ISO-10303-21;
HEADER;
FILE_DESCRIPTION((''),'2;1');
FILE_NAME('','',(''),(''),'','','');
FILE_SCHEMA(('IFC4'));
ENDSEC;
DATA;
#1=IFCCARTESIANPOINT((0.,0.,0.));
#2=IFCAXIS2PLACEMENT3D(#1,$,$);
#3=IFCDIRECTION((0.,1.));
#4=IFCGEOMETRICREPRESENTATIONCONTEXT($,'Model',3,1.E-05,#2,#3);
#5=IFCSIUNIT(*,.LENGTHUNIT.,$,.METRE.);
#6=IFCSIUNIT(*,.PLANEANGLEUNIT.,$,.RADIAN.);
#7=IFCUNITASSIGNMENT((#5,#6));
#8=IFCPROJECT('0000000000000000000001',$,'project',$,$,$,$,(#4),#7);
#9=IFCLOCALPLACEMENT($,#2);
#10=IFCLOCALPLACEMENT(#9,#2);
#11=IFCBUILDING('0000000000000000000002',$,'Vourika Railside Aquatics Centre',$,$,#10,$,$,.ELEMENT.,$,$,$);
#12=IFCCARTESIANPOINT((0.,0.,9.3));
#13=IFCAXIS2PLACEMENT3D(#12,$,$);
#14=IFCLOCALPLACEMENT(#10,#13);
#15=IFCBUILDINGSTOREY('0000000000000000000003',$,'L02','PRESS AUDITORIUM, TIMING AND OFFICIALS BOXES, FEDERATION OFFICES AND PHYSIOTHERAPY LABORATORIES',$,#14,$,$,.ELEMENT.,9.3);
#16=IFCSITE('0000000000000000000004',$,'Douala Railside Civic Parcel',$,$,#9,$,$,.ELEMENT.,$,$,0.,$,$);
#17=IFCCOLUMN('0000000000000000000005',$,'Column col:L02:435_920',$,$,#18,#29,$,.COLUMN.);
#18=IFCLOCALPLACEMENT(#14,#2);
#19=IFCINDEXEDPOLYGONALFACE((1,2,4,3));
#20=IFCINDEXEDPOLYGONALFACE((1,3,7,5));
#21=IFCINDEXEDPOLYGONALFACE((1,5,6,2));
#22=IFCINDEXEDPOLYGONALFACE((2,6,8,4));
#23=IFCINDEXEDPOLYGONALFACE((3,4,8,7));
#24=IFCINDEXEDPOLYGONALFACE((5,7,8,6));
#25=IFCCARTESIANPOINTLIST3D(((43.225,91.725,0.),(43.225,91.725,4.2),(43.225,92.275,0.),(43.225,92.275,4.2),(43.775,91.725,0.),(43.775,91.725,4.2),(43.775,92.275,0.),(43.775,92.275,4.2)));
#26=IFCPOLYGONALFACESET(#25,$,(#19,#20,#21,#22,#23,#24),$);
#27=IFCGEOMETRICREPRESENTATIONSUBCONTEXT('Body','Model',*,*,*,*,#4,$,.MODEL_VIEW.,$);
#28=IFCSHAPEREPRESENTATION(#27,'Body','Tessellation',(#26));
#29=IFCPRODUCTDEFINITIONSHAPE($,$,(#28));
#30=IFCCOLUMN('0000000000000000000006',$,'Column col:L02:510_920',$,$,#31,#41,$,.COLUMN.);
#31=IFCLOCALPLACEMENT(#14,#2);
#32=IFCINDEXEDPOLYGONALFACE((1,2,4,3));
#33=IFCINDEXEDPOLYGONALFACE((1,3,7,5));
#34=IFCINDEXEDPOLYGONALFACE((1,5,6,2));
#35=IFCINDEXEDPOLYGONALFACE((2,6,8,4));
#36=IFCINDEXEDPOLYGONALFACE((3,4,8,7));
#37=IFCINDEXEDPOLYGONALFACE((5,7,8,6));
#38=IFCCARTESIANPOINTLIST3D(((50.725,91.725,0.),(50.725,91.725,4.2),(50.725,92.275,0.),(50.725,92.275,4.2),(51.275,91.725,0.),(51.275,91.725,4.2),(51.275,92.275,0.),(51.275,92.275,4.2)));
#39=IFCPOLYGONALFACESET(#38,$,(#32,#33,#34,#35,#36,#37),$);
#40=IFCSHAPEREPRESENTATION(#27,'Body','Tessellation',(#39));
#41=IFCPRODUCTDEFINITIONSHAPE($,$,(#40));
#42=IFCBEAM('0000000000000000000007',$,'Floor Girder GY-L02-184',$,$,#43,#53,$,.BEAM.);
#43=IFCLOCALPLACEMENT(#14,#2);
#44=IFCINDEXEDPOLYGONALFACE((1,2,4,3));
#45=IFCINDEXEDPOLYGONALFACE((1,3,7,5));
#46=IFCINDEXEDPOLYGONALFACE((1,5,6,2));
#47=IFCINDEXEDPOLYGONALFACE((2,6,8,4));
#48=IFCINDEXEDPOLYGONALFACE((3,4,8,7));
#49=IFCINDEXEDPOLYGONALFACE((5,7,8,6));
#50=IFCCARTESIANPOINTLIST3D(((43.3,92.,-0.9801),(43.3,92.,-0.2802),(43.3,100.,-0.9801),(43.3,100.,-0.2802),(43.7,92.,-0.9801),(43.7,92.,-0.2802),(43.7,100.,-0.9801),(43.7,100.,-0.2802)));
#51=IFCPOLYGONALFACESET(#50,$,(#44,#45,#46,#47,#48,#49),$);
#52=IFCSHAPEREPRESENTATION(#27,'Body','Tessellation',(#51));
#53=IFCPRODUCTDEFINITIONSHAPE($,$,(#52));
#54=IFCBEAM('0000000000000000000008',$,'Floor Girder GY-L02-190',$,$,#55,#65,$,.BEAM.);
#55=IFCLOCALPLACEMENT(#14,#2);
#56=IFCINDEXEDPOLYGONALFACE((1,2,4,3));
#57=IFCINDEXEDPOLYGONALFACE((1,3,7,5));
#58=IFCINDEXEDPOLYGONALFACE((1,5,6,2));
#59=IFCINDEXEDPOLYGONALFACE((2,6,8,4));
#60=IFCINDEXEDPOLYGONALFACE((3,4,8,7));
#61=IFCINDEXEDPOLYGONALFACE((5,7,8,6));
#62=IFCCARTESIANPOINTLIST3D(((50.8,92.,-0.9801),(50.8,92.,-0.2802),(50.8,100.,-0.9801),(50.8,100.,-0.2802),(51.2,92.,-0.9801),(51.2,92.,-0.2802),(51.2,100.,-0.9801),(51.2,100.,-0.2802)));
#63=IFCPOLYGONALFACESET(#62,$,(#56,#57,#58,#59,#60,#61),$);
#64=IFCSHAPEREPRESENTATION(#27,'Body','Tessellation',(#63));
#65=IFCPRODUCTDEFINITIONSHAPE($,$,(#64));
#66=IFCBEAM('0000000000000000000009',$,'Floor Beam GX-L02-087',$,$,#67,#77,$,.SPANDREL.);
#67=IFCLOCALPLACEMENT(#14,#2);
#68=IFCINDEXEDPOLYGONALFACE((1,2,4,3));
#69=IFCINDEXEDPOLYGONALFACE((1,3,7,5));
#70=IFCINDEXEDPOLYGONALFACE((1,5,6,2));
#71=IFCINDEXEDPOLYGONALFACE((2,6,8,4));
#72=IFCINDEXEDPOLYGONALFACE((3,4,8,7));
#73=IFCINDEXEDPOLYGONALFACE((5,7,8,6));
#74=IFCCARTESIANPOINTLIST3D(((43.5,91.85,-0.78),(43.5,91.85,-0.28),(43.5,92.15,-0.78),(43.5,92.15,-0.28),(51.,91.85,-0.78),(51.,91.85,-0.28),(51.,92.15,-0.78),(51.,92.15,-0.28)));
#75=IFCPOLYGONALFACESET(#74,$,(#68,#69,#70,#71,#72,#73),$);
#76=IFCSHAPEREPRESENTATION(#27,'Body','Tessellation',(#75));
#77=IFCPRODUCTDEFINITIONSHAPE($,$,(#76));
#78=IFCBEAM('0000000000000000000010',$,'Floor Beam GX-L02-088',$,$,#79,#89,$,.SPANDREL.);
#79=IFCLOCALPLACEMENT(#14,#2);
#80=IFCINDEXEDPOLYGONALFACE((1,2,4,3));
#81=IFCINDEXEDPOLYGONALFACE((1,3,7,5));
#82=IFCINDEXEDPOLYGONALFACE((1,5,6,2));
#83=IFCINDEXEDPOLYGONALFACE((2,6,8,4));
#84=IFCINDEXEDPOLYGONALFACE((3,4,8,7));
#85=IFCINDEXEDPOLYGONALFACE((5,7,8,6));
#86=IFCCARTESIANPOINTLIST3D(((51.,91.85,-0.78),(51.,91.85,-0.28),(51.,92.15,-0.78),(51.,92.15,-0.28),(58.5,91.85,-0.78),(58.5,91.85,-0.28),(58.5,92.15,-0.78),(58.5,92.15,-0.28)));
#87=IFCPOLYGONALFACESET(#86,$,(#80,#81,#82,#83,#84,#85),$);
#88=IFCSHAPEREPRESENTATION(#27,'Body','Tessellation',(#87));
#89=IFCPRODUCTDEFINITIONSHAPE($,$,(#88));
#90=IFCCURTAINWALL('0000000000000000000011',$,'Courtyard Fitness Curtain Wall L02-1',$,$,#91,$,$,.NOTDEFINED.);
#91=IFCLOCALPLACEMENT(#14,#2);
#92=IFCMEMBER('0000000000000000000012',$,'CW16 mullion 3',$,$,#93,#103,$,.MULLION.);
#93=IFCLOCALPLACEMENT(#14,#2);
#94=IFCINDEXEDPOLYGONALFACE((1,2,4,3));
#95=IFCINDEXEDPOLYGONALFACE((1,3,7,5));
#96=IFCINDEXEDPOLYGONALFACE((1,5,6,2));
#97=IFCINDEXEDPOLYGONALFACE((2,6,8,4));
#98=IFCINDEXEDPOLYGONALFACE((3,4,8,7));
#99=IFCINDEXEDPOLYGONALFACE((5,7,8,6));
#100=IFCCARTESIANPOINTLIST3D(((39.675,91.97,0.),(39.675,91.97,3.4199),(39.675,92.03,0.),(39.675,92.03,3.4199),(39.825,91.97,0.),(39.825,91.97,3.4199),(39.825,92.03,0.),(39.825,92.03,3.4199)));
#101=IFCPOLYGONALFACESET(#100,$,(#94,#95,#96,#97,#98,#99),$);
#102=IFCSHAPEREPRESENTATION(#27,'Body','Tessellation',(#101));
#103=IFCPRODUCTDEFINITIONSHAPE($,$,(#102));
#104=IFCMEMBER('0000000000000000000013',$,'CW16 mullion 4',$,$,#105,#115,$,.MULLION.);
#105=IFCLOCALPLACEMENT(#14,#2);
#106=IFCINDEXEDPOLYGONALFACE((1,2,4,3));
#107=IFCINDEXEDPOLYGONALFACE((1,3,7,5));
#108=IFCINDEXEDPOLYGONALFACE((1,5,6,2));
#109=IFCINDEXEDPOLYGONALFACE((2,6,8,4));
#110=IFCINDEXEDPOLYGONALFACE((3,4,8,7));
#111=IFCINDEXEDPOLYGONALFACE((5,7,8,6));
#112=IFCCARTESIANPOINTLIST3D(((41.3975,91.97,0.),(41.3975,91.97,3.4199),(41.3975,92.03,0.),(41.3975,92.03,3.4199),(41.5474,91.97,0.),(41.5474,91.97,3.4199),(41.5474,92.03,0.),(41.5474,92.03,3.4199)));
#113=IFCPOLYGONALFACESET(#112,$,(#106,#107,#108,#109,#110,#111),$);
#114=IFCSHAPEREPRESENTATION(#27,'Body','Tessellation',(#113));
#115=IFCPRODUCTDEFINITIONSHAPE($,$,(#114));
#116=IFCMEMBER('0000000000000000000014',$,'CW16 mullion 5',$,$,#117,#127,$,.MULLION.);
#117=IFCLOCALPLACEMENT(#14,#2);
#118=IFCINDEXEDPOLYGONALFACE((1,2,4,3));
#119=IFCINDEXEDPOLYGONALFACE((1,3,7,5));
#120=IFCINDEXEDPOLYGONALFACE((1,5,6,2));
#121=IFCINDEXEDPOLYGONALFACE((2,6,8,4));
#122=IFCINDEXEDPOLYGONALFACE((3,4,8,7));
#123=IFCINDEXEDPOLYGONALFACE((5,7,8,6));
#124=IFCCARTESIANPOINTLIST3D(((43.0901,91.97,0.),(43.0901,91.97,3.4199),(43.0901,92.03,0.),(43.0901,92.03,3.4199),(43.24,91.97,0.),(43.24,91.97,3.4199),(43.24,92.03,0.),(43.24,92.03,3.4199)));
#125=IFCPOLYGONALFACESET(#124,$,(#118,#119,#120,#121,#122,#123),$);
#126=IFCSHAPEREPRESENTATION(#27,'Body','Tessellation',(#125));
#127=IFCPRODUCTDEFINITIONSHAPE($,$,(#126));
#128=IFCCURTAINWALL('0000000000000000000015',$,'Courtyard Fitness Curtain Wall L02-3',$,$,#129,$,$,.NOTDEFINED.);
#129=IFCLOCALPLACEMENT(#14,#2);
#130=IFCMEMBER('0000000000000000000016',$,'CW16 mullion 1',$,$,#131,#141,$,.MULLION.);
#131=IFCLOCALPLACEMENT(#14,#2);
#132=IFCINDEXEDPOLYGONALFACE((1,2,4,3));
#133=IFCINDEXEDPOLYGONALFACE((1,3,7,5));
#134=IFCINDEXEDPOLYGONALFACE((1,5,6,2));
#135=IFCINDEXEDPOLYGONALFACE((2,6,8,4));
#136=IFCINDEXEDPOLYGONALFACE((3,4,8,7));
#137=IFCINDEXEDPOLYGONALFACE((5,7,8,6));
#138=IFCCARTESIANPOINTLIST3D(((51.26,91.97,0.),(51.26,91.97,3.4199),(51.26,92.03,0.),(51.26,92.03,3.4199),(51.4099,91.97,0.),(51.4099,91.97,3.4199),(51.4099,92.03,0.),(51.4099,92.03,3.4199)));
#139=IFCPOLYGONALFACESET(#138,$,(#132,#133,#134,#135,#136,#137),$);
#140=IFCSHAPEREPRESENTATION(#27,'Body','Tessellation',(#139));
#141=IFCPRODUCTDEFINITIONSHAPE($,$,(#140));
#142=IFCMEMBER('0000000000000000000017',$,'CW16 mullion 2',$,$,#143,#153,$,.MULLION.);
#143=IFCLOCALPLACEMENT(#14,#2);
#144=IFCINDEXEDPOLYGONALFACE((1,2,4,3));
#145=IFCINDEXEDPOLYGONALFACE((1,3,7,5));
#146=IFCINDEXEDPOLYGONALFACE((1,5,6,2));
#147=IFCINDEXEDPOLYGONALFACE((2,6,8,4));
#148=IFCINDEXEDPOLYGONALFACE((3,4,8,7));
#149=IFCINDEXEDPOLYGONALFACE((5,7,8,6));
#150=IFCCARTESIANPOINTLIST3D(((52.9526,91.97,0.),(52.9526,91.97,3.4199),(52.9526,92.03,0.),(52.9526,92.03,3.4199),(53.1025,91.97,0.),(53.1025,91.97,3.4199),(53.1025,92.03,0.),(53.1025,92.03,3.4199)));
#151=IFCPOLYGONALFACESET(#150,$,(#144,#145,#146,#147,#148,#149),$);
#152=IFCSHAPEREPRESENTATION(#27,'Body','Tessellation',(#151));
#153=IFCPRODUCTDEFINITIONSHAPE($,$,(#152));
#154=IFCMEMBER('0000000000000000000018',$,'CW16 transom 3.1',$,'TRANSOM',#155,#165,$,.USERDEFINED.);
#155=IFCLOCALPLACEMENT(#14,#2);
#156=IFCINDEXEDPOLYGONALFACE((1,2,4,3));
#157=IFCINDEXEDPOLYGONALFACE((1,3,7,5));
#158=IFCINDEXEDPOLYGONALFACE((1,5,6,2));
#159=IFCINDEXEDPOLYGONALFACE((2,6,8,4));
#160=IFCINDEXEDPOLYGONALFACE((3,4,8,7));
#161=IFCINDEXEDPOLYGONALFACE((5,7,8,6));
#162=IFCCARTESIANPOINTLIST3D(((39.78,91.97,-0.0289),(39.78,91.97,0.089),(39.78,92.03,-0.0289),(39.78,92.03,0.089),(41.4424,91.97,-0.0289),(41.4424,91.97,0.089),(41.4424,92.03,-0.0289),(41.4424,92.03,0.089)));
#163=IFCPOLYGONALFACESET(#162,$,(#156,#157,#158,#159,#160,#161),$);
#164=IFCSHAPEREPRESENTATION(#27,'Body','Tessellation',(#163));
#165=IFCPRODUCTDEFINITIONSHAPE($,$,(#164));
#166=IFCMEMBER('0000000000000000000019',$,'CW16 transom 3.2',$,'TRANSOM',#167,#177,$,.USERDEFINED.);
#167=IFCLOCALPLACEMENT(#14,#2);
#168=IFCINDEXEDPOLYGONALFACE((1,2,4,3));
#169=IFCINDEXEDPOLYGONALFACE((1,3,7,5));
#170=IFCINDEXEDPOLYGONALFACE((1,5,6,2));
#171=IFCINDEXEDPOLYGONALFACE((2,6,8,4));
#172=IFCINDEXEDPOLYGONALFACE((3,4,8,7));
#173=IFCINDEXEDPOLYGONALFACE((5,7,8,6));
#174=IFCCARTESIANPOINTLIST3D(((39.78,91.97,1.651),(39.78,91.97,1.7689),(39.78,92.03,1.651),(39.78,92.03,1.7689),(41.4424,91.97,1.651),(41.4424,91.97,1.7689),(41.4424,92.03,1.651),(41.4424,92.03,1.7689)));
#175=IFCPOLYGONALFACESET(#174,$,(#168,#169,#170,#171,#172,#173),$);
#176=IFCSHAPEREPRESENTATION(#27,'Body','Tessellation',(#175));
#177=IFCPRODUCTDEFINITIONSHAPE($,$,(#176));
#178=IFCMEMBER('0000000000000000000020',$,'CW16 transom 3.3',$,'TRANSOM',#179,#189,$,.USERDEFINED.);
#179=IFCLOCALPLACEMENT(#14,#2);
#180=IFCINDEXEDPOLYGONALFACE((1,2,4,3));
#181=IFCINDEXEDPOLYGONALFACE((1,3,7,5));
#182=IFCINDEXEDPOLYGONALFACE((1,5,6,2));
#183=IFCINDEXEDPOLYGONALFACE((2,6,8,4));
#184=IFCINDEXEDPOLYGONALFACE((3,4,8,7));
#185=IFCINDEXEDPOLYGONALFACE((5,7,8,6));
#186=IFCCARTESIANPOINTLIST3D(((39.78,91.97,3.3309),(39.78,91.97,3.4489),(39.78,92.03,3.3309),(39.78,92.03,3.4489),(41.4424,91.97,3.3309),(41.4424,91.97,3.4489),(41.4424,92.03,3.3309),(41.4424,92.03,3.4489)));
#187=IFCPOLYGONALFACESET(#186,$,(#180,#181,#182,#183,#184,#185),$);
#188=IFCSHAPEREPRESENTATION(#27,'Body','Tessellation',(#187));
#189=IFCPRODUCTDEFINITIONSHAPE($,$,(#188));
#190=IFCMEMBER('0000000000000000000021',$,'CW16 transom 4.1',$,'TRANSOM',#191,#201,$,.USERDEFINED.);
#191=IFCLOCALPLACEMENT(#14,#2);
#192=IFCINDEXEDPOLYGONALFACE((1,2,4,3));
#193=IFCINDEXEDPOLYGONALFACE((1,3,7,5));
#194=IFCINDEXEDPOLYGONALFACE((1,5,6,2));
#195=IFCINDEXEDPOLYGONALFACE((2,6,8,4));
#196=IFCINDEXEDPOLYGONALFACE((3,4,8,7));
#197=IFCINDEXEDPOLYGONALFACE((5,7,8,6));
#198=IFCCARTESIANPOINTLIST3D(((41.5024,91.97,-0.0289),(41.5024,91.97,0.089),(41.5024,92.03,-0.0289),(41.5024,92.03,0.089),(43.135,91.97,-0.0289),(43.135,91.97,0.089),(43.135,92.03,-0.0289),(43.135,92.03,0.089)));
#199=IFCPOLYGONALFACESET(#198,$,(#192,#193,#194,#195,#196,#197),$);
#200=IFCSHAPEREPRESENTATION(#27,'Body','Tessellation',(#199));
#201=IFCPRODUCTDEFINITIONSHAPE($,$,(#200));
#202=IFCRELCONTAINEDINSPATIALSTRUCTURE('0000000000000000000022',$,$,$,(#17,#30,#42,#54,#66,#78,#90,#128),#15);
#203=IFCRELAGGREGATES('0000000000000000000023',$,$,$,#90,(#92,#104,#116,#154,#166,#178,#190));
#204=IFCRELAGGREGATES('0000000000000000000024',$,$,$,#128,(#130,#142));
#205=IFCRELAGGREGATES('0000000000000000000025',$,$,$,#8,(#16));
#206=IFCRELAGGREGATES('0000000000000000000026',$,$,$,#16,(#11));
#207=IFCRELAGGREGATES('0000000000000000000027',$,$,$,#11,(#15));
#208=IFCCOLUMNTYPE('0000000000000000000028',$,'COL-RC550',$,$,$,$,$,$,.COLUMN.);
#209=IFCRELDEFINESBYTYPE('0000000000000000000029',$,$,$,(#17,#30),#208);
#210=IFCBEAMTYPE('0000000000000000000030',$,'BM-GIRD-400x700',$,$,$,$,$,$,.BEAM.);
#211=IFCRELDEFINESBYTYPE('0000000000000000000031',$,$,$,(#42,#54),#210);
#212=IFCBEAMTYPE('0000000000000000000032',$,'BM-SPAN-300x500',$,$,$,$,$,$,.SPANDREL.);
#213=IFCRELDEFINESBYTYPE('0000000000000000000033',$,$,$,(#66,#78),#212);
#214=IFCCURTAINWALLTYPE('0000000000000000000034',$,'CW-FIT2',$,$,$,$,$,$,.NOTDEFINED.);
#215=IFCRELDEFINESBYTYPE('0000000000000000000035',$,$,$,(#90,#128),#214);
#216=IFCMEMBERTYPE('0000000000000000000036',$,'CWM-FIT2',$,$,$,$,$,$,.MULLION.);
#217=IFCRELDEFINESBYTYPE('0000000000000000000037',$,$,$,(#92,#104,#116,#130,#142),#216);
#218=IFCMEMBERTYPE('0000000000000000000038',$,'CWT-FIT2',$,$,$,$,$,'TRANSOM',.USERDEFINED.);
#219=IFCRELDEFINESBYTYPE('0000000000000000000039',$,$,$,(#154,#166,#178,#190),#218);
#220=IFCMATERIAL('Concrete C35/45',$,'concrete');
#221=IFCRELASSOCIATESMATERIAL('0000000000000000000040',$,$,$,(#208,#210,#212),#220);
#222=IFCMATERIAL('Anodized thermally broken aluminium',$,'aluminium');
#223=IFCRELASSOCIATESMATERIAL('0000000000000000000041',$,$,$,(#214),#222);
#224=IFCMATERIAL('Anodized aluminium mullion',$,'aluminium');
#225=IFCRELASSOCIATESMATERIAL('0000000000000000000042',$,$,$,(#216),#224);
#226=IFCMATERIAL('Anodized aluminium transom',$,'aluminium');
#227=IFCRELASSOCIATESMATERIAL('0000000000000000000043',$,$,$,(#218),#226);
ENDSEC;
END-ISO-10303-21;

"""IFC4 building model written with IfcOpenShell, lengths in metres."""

from ifc_helpers import new_model, si_unit, direction, frame, origin, origin_2d, place, context, subcontext, project, spatial, rectangle, extrude, material, material_profile, profile_set, type_object, element, aggregate, save


model = new_model("IFC4")

# Units and contexts
model_context = context("Model", 3, precision=1e-05, world=origin(), true_north=direction((0.0, 1.0)))
body_context = subcontext(model_context, "Body", "Model", "MODEL_VIEW")
ifc_project = project(units=[si_unit("LENGTHUNIT", "METRE"), si_unit("PLANEANGLEUNIT", "RADIAN")], contexts=[model_context])

# Site, building, storey
site_placement = place(None, origin())
site = spatial("IfcSite", under=ifc_project, at=site_placement, Name="Douala Railside Civic Parcel", CompositionType="ELEMENT", RefElevation=0.0)
building_placement = place(site_placement, origin())
building = spatial("IfcBuilding", under=site, at=building_placement, Name="Vourika Railside Aquatics Centre", CompositionType="ELEMENT")
storey_placement = place(building_placement, frame((0.0, 0.0, 9.3)))
storey = spatial("IfcBuildingStorey", under=building, at=storey_placement, Name="L02", Description="PRESS AUDITORIUM, TIMING AND OFFICIALS BOXES, FEDERATION OFFICES AND PHYSIOTHERAPY LABORATORIES", CompositionType="ELEMENT", Elevation=9.3)

# Columns
ifc_material_1 = material(Name="Concrete C35/45", Category="concrete")
ifc_material_profile_1 = material_profile(ifc_material_1, rectangle(XDim=0.55, YDim=0.55, at=origin_2d()), Name="RC 550x550")
ifc_profile_set_1 = profile_set([ifc_material_profile_1], Name="Concrete C35/45")
column_type = type_object("IfcColumnType", Name="COL-RC550", PredefinedType="COLUMN", material=ifc_profile_set_1)
for number, where, z_axis, x_axis, name in (
    (1, (43.5, 92.0, 0.0), (0.0, 0.0, 1.0), (1.0, 0.0, 0.0), "Column col:L02:435_920"),
    (2, (51.0, 92.0, 0.0), (0.0, 0.0, 1.0), (1.0, 0.0, 0.0), "Column col:L02:510_920"),
):
    element("IfcColumn", number, at=place(storey_placement, frame(where, z_axis=z_axis, x_axis=x_axis)), inside=storey, type_object=column_type, Name=name, PredefinedType="COLUMN", context=body_context, shape_type="SweptSolid", body=[
        extrude(rectangle(XDim=0.55, YDim=0.55, at=origin_2d()), origin(), (0.0, 0.0, 1.0), 4.2),
    ])

# Beams
ifc_material_profile_2 = material_profile(ifc_material_1, rectangle(XDim=0.3999, YDim=0.7, at=origin_2d()), Name="RC 400x700")
ifc_profile_set_2 = profile_set([ifc_material_profile_2], Name="Concrete C35/45")
beam_type_1 = type_object("IfcBeamType", Name="BM-GIRD-400x700", PredefinedType="BEAM", material=ifc_profile_set_2)
for number, where, z_axis, x_axis, name in (
    (3, (43.5, 92.0, -0.6301), (0.0, 1.0, 0.0), (-1.0, 0.0, 0.0), "Floor Girder GY-L02-184"),
    (4, (51.0, 92.0, -0.6301), (0.0, 1.0, 0.0), (-1.0, 0.0, 0.0), "Floor Girder GY-L02-190"),
):
    element("IfcBeam", number, at=place(storey_placement, frame(where, z_axis=z_axis, x_axis=x_axis)), inside=storey, type_object=beam_type_1, Name=name, PredefinedType="BEAM", context=body_context, shape_type="SweptSolid", body=[
        extrude(rectangle(XDim=0.3999, YDim=0.7, at=origin_2d()), origin(), (0.0, 0.0, 1.0), 8.0),
    ])
ifc_material_profile_3 = material_profile(ifc_material_1, rectangle(XDim=0.3, YDim=0.5, at=origin_2d()), Name="RC 300x500")
ifc_profile_set_3 = profile_set([ifc_material_profile_3], Name="Concrete C35/45")
beam_type_2 = type_object("IfcBeamType", Name="BM-SPAN-300x500", PredefinedType="SPANDREL", material=ifc_profile_set_3)
for number, where, z_axis, x_axis, name in (
    (5, (43.5, 92.0, -0.53), (1.0, 0.0, 0.0), (0.0, 1.0, 0.0), "Floor Beam GX-L02-087"),
    (6, (51.0, 92.0, -0.53), (1.0, 0.0, 0.0), (0.0, 1.0, 0.0), "Floor Beam GX-L02-088"),
):
    element("IfcBeam", number, at=place(storey_placement, frame(where, z_axis=z_axis, x_axis=x_axis)), inside=storey, type_object=beam_type_2, Name=name, PredefinedType="SPANDREL", context=body_context, shape_type="SweptSolid", body=[
        extrude(rectangle(XDim=0.3, YDim=0.5, at=origin_2d()), origin(), (0.0, 0.0, 1.0), 7.5),
    ])

# Curtain walls, members
ifc_material_2 = material(Name="Anodized thermally broken aluminium", Category="aluminium")
curtain_wall_type = type_object("IfcCurtainWallType", Name="CW-FIT2", PredefinedType="NOTDEFINED", material=ifc_material_2)
curtain_wall_1_placement = place(storey_placement, origin())
curtain_wall_1 = element("IfcCurtainWall", 7, at=curtain_wall_1_placement, inside=storey, type_object=curtain_wall_type, Name="Courtyard Fitness Curtain Wall L02-1", PredefinedType="NOTDEFINED")
ifc_material_3 = material(Name="Anodized aluminium mullion", Category="aluminium")
ifc_material_profile_4 = material_profile(ifc_material_3, rectangle(XDim=0.0601, YDim=0.1499, at=origin_2d()), Name="ALU-M 60x150")
ifc_profile_set_4 = profile_set([ifc_material_profile_4], Name="Anodized aluminium mullion")
member_type_1 = type_object("IfcMemberType", Name="CWM-FIT2", PredefinedType="MULLION", material=ifc_profile_set_4)
member_1_placement = place(storey_placement, frame((39.75, 92.0, 0.0), z_axis=(0.0, 0.0, 1.0), x_axis=(0.0, 1.0, 0.0)))
member_1 = element("IfcMember", 8, at=member_1_placement, type_object=member_type_1, Name="CW16 mullion 3", PredefinedType="MULLION", context=body_context, shape_type="SweptSolid", body=[
    extrude(rectangle(XDim=0.0601, YDim=0.1499, at=origin_2d()), origin(), (0.0, 0.0, 1.0), 3.4199),
])
member_2_placement = place(storey_placement, frame((41.4724, 92.0, 0.0), z_axis=(0.0, 0.0, 1.0), x_axis=(0.0, 1.0, 0.0)))
member_2 = element("IfcMember", 9, at=member_2_placement, type_object=member_type_1, Name="CW16 mullion 4", PredefinedType="MULLION", context=body_context, shape_type="SweptSolid", body=[
    extrude(rectangle(XDim=0.0601, YDim=0.1499, at=origin_2d()), origin(), (0.0, 0.0, 1.0), 3.4199),
])
member_3_placement = place(storey_placement, frame((43.165, 92.0, 0.0), z_axis=(0.0, 0.0, 1.0), x_axis=(0.0, 1.0, 0.0)))
member_3 = element("IfcMember", 10, at=member_3_placement, type_object=member_type_1, Name="CW16 mullion 5", PredefinedType="MULLION", context=body_context, shape_type="SweptSolid", body=[
    extrude(rectangle(XDim=0.0601, YDim=0.1499, at=origin_2d()), origin(), (0.0, 0.0, 1.0), 3.4199),
])
curtain_wall_2_placement = place(storey_placement, origin())
curtain_wall_2 = element("IfcCurtainWall", 11, at=curtain_wall_2_placement, inside=storey, type_object=curtain_wall_type, Name="Courtyard Fitness Curtain Wall L02-3", PredefinedType="NOTDEFINED")
member_4_placement = place(storey_placement, frame((51.335, 92.0, 0.0), z_axis=(0.0, 0.0, 1.0), x_axis=(0.0, 1.0, 0.0)))
member_4 = element("IfcMember", 12, at=member_4_placement, type_object=member_type_1, Name="CW16 mullion 1", PredefinedType="MULLION", context=body_context, shape_type="SweptSolid", body=[
    extrude(rectangle(XDim=0.0601, YDim=0.1499, at=origin_2d()), origin(), (0.0, 0.0, 1.0), 3.4199),
])
member_5_placement = place(storey_placement, frame((53.0276, 92.0, 0.0), z_axis=(0.0, 0.0, 1.0), x_axis=(0.0, 1.0, 0.0)))
member_5 = element("IfcMember", 13, at=member_5_placement, type_object=member_type_1, Name="CW16 mullion 2", PredefinedType="MULLION", context=body_context, shape_type="SweptSolid", body=[
    extrude(rectangle(XDim=0.0601, YDim=0.1499, at=origin_2d()), origin(), (0.0, 0.0, 1.0), 3.4199),
])

# Members
ifc_material_4 = material(Name="Anodized aluminium transom", Category="aluminium")
ifc_material_profile_5 = material_profile(ifc_material_4, rectangle(XDim=0.0601, YDim=0.1179, at=origin_2d()), Name="ALU-T 60x118")
ifc_profile_set_5 = profile_set([ifc_material_profile_5], Name="Anodized aluminium transom")
member_type_2 = type_object("IfcMemberType", Name="CWT-FIT2", ElementType="TRANSOM", PredefinedType="USERDEFINED", material=ifc_profile_set_5)
member_6_placement = place(storey_placement, frame((39.78, 92.0, 0.03), z_axis=(1.0, 0.0, 0.0), x_axis=(0.0, 1.0, 0.0)))
member_6 = element("IfcMember", 14, at=member_6_placement, type_object=member_type_2, Name="CW16 transom 3.1", ObjectType="TRANSOM", PredefinedType="USERDEFINED", context=body_context, shape_type="SweptSolid", body=[
    extrude(rectangle(XDim=0.0601, YDim=0.1179, at=origin_2d()), origin(), (0.0, 0.0, 1.0), 1.6624),
])
member_7_placement = place(storey_placement, frame((39.78, 92.0, 1.71), z_axis=(1.0, 0.0, 0.0), x_axis=(0.0, 1.0, 0.0)))
member_7 = element("IfcMember", 15, at=member_7_placement, type_object=member_type_2, Name="CW16 transom 3.2", ObjectType="TRANSOM", PredefinedType="USERDEFINED", context=body_context, shape_type="SweptSolid", body=[
    extrude(rectangle(XDim=0.0601, YDim=0.1179, at=origin_2d()), origin(), (0.0, 0.0, 1.0), 1.6624),
])
member_8_placement = place(storey_placement, frame((39.78, 92.0, 3.3899), z_axis=(1.0, 0.0, 0.0), x_axis=(0.0, 1.0, 0.0)))
member_8 = element("IfcMember", 16, at=member_8_placement, type_object=member_type_2, Name="CW16 transom 3.3", ObjectType="TRANSOM", PredefinedType="USERDEFINED", context=body_context, shape_type="SweptSolid", body=[
    extrude(rectangle(XDim=0.0601, YDim=0.1179, at=origin_2d()), origin(), (0.0, 0.0, 1.0), 1.6624),
])
member_9_placement = place(storey_placement, frame((41.5024, 92.0, 0.03), z_axis=(1.0, 0.0, 0.0), x_axis=(0.0, 1.0, 0.0)))
member_9 = element("IfcMember", 17, at=member_9_placement, type_object=member_type_2, Name="CW16 transom 4.1", ObjectType="TRANSOM", PredefinedType="USERDEFINED", context=body_context, shape_type="SweptSolid", body=[
    extrude(rectangle(XDim=0.0601, YDim=0.1179, at=origin_2d()), origin(), (0.0, 0.0, 1.0), 1.6326),
])

aggregate(curtain_wall_1, [member_1, member_2, member_3, member_6, member_7, member_8, member_9])
aggregate(curtain_wall_2, [member_4, member_5])

save(model, "model.ifc")
